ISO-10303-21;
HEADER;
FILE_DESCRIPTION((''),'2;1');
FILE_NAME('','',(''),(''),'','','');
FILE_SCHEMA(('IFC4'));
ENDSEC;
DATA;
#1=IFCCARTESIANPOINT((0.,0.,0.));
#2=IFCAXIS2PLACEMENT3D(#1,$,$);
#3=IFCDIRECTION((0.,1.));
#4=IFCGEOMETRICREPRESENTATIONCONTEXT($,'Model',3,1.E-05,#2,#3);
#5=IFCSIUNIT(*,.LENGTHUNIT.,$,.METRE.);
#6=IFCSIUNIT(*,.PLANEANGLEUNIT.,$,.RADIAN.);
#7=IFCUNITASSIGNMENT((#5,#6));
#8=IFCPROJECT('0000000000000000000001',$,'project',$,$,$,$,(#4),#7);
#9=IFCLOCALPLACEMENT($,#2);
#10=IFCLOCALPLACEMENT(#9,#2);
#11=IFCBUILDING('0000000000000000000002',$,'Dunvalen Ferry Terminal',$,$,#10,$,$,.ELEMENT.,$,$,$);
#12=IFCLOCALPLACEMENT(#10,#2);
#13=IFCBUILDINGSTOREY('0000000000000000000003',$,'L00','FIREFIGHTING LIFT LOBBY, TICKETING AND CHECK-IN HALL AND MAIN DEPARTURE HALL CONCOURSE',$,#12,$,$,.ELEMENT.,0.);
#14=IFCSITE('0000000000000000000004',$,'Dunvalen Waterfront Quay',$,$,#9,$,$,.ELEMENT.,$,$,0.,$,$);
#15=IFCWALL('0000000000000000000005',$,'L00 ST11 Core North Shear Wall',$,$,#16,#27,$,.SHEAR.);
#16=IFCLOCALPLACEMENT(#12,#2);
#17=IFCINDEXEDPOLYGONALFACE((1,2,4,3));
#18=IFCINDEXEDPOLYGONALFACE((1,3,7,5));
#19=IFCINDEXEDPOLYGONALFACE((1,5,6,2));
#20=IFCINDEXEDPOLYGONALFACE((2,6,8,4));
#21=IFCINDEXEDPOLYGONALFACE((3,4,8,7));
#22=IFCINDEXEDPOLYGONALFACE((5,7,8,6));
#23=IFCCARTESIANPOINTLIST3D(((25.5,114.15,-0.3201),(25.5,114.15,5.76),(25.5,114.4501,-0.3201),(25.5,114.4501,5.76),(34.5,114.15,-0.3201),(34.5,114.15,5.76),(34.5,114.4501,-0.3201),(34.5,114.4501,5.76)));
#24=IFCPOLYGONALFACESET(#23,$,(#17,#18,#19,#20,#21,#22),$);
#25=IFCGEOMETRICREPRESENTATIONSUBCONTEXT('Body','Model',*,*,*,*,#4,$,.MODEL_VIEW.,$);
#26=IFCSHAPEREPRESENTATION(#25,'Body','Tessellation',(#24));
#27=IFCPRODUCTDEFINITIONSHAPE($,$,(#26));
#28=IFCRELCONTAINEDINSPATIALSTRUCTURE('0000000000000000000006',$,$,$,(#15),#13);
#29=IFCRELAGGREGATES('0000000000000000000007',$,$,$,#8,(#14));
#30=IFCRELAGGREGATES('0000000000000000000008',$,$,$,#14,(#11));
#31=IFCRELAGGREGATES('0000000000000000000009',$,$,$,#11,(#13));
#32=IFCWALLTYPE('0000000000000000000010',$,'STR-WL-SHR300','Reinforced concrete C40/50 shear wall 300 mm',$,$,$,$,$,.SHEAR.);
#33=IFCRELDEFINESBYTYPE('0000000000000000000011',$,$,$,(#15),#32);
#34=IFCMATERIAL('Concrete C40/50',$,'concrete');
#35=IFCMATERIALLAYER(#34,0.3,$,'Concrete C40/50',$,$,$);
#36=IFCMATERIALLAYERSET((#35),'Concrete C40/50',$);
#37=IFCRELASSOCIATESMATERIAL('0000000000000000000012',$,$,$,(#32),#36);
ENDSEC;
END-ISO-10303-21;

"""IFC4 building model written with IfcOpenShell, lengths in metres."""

from ifc_helpers import new_model, si_unit, direction, frame, frame_2d, origin, place, context, subcontext, project, spatial, rectangle, extrude, material, layer, layer_set, type_object, element, save


model = new_model("IFC4")

# Units and contexts
model_context = context("Model", 3, precision=1e-05, world=origin(), true_north=direction((0.0, 1.0)))
body_context = subcontext(model_context, "Body", "Model", "MODEL_VIEW")
ifc_project = project(units=[si_unit("LENGTHUNIT", "METRE"), si_unit("PLANEANGLEUNIT", "RADIAN")], contexts=[model_context])

# Site, building, storey
site_placement = place(None, origin())
site = spatial("IfcSite", under=ifc_project, at=site_placement, Name="Dunvalen Waterfront Quay", CompositionType="ELEMENT", RefElevation=0.0)
building_placement = place(site_placement, origin())
building = spatial("IfcBuilding", under=site, at=building_placement, Name="Dunvalen Ferry Terminal", CompositionType="ELEMENT")
storey_placement = place(building_placement, origin())
storey = spatial("IfcBuildingStorey", under=building, at=storey_placement, Name="L00", Description="FIREFIGHTING LIFT LOBBY, TICKETING AND CHECK-IN HALL AND MAIN DEPARTURE HALL CONCOURSE", CompositionType="ELEMENT", Elevation=0.0)

# Shared definitions
ifc_material_1 = material(Name="Concrete C40/50", Category="concrete")

# Wall
ifc_layer_1 = layer(ifc_material_1, 0.3, Name="Concrete C40/50")
ifc_layer_set_1 = layer_set([ifc_layer_1], Name="Concrete C40/50")
wall_type = type_object("IfcWallType", Name="STR-WL-SHR300", Description="Reinforced concrete C40/50 shear wall 300 mm", PredefinedType="SHEAR", material=ifc_layer_set_1)
wall_placement = place(storey_placement, frame((25.5, 114.3, -0.3201), z_axis=(0.0, 0.0, 1.0), x_axis=(1.0, 0.0, 0.0)))
element("IfcWall", 1, at=wall_placement, inside=storey, type_object=wall_type, Name="L00 ST11 Core North Shear Wall", PredefinedType="SHEAR", context=body_context, shape_type="SweptSolid", body=[
    extrude(rectangle(XDim=9.0, YDim=0.3, at=frame_2d((4.5, 0.0))), origin(), (0.0, 0.0, 1.0), 6.0801),
])

save(model, "model.ifc")
